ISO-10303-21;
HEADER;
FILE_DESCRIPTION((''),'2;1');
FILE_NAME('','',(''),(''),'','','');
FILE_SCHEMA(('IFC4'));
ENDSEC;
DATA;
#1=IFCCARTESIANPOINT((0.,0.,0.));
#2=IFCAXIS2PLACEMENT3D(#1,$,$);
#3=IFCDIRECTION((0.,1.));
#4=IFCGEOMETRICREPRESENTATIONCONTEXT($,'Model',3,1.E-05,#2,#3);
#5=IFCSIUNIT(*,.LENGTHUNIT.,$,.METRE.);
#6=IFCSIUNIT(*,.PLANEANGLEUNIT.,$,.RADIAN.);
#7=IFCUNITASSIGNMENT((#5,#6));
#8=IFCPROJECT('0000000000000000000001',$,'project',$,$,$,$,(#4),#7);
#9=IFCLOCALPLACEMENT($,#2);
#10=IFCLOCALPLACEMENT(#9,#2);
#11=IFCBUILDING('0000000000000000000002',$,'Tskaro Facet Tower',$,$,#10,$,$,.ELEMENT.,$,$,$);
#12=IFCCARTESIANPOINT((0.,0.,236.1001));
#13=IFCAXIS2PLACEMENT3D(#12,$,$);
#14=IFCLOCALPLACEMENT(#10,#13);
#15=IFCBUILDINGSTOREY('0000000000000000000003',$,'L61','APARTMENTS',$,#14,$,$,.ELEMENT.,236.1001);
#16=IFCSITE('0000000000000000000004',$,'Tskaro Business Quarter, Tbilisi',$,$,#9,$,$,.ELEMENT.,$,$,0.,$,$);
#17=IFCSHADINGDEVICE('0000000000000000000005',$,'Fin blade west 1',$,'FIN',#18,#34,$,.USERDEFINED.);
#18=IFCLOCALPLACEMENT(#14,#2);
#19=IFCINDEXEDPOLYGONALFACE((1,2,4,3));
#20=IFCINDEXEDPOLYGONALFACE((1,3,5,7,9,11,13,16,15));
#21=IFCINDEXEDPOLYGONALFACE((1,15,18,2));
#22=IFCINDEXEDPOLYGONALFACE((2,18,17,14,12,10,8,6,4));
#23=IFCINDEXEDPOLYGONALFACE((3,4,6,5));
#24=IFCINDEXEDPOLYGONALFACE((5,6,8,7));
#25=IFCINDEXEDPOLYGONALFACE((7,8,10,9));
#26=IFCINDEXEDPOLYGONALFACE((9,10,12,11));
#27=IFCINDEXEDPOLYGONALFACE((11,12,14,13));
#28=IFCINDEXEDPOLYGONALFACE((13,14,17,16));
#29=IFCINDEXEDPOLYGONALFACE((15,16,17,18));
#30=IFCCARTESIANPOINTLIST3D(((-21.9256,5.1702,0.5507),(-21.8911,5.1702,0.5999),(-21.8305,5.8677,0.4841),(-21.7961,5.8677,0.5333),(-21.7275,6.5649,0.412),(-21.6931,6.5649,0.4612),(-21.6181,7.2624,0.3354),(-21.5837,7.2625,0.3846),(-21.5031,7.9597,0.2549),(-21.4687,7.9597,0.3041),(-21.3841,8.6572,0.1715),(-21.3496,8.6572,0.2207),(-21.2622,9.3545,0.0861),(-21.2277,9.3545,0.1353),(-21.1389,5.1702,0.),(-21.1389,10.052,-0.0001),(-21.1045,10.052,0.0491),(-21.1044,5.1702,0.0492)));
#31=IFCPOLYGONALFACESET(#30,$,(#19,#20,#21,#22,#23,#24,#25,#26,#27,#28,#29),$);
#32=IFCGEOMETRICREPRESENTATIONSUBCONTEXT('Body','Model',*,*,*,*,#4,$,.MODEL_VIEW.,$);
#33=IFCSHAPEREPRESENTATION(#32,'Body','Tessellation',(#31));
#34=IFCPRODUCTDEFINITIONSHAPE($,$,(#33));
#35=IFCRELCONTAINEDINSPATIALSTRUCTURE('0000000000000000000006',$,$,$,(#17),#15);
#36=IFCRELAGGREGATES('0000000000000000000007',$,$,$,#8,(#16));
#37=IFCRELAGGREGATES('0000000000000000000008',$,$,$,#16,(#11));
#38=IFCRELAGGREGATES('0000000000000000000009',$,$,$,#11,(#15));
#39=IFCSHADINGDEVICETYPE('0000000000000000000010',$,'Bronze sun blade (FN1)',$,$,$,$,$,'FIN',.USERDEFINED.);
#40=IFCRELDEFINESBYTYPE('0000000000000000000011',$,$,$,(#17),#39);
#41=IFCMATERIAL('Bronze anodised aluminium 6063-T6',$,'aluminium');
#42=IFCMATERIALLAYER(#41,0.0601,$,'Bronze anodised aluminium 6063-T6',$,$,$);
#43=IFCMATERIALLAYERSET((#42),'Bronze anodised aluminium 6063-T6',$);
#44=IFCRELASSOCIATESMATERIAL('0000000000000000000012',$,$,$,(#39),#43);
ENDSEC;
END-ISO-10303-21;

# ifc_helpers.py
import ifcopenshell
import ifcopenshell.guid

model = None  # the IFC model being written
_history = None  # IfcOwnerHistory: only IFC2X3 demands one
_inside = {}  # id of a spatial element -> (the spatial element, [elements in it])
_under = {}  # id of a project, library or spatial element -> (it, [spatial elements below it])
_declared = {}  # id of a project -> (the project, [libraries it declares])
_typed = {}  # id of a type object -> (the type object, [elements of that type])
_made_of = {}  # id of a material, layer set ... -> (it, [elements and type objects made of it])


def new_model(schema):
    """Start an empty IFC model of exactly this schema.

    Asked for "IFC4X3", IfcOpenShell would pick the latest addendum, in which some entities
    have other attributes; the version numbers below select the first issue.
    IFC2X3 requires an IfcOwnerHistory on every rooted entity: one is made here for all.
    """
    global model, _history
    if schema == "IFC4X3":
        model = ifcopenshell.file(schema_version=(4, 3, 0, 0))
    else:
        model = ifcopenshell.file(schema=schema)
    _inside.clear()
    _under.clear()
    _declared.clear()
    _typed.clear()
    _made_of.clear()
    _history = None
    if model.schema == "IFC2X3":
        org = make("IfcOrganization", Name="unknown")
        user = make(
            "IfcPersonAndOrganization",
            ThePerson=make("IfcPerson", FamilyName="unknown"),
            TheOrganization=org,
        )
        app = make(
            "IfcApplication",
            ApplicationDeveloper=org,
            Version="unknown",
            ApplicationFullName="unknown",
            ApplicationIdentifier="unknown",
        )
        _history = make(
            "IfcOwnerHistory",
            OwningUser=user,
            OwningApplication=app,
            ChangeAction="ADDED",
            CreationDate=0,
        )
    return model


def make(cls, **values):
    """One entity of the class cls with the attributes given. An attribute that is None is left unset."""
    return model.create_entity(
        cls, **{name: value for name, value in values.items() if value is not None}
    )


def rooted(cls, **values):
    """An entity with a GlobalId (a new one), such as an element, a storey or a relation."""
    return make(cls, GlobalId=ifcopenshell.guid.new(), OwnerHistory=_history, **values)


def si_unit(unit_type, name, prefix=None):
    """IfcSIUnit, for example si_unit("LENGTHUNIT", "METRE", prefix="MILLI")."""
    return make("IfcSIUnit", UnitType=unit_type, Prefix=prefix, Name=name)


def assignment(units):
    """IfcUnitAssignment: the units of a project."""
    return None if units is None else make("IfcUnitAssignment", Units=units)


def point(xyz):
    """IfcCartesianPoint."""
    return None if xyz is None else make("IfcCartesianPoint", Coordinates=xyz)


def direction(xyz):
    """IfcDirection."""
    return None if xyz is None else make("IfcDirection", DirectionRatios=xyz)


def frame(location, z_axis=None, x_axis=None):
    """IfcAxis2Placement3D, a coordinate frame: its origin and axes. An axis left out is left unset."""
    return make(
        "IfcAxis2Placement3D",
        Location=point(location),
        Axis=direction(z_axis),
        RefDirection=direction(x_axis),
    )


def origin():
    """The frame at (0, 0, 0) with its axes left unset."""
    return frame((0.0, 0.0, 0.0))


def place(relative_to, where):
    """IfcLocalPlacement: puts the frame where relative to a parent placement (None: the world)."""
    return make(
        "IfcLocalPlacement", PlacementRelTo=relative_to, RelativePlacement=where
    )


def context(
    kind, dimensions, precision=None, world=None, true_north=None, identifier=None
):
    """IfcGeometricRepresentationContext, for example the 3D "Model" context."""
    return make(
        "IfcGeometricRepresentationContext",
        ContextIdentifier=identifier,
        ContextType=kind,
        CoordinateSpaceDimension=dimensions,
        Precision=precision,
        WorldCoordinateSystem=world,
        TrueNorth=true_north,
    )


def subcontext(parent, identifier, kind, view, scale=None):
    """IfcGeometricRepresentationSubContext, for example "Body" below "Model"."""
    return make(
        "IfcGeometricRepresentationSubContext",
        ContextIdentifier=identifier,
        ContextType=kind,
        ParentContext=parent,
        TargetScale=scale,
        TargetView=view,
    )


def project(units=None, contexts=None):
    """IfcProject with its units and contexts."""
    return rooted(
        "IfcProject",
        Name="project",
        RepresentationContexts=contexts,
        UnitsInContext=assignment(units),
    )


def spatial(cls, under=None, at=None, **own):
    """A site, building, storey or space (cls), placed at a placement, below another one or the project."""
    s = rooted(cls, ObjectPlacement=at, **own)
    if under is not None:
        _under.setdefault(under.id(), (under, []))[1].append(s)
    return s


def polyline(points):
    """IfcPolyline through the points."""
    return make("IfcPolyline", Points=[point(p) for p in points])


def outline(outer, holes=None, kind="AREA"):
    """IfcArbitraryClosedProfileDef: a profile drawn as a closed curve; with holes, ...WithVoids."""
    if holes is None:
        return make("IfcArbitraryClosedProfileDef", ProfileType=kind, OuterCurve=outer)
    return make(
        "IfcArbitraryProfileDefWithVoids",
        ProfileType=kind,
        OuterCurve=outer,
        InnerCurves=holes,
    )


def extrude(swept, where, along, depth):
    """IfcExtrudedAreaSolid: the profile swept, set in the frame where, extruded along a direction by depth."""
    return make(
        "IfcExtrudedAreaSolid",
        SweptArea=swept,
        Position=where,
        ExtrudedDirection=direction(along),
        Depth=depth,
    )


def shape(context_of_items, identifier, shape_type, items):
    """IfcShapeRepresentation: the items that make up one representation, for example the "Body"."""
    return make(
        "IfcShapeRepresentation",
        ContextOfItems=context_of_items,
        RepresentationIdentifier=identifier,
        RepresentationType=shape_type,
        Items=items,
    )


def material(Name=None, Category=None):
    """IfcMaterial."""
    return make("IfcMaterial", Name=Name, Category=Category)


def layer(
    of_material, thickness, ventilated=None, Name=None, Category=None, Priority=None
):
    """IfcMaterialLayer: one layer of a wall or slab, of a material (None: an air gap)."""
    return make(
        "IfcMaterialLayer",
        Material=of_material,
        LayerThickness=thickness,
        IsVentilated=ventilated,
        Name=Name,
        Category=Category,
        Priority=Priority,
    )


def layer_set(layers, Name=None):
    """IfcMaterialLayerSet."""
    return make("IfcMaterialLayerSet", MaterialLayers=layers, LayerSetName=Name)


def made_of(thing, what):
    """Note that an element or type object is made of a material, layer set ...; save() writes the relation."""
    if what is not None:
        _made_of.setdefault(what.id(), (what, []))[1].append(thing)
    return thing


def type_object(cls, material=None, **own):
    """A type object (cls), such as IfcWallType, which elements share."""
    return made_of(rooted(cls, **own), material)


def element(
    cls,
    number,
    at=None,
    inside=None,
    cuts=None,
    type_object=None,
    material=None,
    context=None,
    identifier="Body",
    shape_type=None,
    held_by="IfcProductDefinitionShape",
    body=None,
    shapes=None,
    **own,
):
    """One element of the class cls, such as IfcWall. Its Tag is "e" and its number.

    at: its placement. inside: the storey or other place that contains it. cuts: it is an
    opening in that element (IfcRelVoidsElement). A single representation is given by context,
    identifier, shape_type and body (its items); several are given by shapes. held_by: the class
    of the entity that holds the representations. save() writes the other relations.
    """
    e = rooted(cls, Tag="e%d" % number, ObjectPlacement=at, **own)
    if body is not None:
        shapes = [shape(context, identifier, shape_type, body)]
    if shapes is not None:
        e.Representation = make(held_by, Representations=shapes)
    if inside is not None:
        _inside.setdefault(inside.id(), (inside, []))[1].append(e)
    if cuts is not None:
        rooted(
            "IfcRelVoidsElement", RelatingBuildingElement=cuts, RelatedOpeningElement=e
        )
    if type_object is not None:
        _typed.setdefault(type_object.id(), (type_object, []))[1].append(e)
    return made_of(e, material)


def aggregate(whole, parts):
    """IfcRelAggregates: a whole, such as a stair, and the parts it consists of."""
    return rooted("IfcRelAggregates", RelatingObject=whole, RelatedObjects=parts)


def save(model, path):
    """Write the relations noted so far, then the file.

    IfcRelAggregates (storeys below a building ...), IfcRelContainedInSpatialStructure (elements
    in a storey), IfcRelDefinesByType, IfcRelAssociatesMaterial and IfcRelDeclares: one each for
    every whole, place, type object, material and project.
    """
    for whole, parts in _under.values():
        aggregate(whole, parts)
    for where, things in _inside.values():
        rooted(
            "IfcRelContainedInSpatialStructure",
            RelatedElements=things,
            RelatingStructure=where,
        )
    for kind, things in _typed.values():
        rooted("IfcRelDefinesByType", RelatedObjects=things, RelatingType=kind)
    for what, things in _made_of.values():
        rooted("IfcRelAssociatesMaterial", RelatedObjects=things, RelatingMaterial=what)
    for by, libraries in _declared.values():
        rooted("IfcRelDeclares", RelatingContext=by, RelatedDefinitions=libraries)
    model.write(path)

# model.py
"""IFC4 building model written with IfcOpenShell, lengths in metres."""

from ifc_helpers import new_model, si_unit, direction, frame, origin, place, context, subcontext, project, spatial, polyline, outline, extrude, material, layer, layer_set, type_object, element, save


model = new_model("IFC4")

# Units and contexts
model_context = context("Model", 3, precision=1e-05, world=origin(), true_north=direction((0.0, 1.0)))
body_context = subcontext(model_context, "Body", "Model", "MODEL_VIEW")
ifc_project = project(units=[si_unit("LENGTHUNIT", "METRE"), si_unit("PLANEANGLEUNIT", "RADIAN")], contexts=[model_context])

# Site, building, storey
site_placement = place(None, origin())
site = spatial("IfcSite", under=ifc_project, at=site_placement, Name="Tskaro Business Quarter, Tbilisi", CompositionType="ELEMENT", RefElevation=0.0)
building_placement = place(site_placement, origin())
building = spatial("IfcBuilding", under=site, at=building_placement, Name="Tskaro Facet Tower", CompositionType="ELEMENT")
storey_placement = place(building_placement, frame((0.0, 0.0, 236.1001)))
storey = spatial("IfcBuildingStorey", under=building, at=storey_placement, Name="L61", Description="APARTMENTS", CompositionType="ELEMENT", Elevation=236.1001)

# Shared definitions
ifc_material_1 = material(Name="Bronze anodised aluminium 6063-T6", Category="aluminium")

# Shading device
ifc_layer_1 = layer(ifc_material_1, 0.0601, Name="Bronze anodised aluminium 6063-T6")
ifc_layer_set_1 = layer_set([ifc_layer_1], Name="Bronze anodised aluminium 6063-T6")
shading_device_type = type_object("IfcShadingDeviceType", Name="Bronze sun blade (FN1)", ElementType="FIN", PredefinedType="USERDEFINED", material=ifc_layer_set_1)
shading_device_placement = place(storey_placement, frame((-21.1045, 10.052, 0.0491), z_axis=(0.573448, 0.000028, 0.819242), x_axis=(0.000016, -1.0, 0.000023)))
element("IfcShadingDevice", 1, at=shading_device_placement, inside=storey, type_object=shading_device_type, Name="Fin blade west 1", ObjectType="FIN", PredefinedType="USERDEFINED", context=body_context, shape_type="SweptSolid", body=[
    extrude(outline(polyline([(0.0, 0.0), (4.8818, 0.0), (4.8818, -0.9603), (4.1843, -0.8443), (3.4871, -0.7185), (2.7896, -0.585), (2.0923, -0.4446), (1.3948, -0.2992), (0.6975, -0.1504), (0.0, 0.0)])), origin(), (0.0, 0.0, -1.0), 0.0601),
])

save(model, "model.ifc")
